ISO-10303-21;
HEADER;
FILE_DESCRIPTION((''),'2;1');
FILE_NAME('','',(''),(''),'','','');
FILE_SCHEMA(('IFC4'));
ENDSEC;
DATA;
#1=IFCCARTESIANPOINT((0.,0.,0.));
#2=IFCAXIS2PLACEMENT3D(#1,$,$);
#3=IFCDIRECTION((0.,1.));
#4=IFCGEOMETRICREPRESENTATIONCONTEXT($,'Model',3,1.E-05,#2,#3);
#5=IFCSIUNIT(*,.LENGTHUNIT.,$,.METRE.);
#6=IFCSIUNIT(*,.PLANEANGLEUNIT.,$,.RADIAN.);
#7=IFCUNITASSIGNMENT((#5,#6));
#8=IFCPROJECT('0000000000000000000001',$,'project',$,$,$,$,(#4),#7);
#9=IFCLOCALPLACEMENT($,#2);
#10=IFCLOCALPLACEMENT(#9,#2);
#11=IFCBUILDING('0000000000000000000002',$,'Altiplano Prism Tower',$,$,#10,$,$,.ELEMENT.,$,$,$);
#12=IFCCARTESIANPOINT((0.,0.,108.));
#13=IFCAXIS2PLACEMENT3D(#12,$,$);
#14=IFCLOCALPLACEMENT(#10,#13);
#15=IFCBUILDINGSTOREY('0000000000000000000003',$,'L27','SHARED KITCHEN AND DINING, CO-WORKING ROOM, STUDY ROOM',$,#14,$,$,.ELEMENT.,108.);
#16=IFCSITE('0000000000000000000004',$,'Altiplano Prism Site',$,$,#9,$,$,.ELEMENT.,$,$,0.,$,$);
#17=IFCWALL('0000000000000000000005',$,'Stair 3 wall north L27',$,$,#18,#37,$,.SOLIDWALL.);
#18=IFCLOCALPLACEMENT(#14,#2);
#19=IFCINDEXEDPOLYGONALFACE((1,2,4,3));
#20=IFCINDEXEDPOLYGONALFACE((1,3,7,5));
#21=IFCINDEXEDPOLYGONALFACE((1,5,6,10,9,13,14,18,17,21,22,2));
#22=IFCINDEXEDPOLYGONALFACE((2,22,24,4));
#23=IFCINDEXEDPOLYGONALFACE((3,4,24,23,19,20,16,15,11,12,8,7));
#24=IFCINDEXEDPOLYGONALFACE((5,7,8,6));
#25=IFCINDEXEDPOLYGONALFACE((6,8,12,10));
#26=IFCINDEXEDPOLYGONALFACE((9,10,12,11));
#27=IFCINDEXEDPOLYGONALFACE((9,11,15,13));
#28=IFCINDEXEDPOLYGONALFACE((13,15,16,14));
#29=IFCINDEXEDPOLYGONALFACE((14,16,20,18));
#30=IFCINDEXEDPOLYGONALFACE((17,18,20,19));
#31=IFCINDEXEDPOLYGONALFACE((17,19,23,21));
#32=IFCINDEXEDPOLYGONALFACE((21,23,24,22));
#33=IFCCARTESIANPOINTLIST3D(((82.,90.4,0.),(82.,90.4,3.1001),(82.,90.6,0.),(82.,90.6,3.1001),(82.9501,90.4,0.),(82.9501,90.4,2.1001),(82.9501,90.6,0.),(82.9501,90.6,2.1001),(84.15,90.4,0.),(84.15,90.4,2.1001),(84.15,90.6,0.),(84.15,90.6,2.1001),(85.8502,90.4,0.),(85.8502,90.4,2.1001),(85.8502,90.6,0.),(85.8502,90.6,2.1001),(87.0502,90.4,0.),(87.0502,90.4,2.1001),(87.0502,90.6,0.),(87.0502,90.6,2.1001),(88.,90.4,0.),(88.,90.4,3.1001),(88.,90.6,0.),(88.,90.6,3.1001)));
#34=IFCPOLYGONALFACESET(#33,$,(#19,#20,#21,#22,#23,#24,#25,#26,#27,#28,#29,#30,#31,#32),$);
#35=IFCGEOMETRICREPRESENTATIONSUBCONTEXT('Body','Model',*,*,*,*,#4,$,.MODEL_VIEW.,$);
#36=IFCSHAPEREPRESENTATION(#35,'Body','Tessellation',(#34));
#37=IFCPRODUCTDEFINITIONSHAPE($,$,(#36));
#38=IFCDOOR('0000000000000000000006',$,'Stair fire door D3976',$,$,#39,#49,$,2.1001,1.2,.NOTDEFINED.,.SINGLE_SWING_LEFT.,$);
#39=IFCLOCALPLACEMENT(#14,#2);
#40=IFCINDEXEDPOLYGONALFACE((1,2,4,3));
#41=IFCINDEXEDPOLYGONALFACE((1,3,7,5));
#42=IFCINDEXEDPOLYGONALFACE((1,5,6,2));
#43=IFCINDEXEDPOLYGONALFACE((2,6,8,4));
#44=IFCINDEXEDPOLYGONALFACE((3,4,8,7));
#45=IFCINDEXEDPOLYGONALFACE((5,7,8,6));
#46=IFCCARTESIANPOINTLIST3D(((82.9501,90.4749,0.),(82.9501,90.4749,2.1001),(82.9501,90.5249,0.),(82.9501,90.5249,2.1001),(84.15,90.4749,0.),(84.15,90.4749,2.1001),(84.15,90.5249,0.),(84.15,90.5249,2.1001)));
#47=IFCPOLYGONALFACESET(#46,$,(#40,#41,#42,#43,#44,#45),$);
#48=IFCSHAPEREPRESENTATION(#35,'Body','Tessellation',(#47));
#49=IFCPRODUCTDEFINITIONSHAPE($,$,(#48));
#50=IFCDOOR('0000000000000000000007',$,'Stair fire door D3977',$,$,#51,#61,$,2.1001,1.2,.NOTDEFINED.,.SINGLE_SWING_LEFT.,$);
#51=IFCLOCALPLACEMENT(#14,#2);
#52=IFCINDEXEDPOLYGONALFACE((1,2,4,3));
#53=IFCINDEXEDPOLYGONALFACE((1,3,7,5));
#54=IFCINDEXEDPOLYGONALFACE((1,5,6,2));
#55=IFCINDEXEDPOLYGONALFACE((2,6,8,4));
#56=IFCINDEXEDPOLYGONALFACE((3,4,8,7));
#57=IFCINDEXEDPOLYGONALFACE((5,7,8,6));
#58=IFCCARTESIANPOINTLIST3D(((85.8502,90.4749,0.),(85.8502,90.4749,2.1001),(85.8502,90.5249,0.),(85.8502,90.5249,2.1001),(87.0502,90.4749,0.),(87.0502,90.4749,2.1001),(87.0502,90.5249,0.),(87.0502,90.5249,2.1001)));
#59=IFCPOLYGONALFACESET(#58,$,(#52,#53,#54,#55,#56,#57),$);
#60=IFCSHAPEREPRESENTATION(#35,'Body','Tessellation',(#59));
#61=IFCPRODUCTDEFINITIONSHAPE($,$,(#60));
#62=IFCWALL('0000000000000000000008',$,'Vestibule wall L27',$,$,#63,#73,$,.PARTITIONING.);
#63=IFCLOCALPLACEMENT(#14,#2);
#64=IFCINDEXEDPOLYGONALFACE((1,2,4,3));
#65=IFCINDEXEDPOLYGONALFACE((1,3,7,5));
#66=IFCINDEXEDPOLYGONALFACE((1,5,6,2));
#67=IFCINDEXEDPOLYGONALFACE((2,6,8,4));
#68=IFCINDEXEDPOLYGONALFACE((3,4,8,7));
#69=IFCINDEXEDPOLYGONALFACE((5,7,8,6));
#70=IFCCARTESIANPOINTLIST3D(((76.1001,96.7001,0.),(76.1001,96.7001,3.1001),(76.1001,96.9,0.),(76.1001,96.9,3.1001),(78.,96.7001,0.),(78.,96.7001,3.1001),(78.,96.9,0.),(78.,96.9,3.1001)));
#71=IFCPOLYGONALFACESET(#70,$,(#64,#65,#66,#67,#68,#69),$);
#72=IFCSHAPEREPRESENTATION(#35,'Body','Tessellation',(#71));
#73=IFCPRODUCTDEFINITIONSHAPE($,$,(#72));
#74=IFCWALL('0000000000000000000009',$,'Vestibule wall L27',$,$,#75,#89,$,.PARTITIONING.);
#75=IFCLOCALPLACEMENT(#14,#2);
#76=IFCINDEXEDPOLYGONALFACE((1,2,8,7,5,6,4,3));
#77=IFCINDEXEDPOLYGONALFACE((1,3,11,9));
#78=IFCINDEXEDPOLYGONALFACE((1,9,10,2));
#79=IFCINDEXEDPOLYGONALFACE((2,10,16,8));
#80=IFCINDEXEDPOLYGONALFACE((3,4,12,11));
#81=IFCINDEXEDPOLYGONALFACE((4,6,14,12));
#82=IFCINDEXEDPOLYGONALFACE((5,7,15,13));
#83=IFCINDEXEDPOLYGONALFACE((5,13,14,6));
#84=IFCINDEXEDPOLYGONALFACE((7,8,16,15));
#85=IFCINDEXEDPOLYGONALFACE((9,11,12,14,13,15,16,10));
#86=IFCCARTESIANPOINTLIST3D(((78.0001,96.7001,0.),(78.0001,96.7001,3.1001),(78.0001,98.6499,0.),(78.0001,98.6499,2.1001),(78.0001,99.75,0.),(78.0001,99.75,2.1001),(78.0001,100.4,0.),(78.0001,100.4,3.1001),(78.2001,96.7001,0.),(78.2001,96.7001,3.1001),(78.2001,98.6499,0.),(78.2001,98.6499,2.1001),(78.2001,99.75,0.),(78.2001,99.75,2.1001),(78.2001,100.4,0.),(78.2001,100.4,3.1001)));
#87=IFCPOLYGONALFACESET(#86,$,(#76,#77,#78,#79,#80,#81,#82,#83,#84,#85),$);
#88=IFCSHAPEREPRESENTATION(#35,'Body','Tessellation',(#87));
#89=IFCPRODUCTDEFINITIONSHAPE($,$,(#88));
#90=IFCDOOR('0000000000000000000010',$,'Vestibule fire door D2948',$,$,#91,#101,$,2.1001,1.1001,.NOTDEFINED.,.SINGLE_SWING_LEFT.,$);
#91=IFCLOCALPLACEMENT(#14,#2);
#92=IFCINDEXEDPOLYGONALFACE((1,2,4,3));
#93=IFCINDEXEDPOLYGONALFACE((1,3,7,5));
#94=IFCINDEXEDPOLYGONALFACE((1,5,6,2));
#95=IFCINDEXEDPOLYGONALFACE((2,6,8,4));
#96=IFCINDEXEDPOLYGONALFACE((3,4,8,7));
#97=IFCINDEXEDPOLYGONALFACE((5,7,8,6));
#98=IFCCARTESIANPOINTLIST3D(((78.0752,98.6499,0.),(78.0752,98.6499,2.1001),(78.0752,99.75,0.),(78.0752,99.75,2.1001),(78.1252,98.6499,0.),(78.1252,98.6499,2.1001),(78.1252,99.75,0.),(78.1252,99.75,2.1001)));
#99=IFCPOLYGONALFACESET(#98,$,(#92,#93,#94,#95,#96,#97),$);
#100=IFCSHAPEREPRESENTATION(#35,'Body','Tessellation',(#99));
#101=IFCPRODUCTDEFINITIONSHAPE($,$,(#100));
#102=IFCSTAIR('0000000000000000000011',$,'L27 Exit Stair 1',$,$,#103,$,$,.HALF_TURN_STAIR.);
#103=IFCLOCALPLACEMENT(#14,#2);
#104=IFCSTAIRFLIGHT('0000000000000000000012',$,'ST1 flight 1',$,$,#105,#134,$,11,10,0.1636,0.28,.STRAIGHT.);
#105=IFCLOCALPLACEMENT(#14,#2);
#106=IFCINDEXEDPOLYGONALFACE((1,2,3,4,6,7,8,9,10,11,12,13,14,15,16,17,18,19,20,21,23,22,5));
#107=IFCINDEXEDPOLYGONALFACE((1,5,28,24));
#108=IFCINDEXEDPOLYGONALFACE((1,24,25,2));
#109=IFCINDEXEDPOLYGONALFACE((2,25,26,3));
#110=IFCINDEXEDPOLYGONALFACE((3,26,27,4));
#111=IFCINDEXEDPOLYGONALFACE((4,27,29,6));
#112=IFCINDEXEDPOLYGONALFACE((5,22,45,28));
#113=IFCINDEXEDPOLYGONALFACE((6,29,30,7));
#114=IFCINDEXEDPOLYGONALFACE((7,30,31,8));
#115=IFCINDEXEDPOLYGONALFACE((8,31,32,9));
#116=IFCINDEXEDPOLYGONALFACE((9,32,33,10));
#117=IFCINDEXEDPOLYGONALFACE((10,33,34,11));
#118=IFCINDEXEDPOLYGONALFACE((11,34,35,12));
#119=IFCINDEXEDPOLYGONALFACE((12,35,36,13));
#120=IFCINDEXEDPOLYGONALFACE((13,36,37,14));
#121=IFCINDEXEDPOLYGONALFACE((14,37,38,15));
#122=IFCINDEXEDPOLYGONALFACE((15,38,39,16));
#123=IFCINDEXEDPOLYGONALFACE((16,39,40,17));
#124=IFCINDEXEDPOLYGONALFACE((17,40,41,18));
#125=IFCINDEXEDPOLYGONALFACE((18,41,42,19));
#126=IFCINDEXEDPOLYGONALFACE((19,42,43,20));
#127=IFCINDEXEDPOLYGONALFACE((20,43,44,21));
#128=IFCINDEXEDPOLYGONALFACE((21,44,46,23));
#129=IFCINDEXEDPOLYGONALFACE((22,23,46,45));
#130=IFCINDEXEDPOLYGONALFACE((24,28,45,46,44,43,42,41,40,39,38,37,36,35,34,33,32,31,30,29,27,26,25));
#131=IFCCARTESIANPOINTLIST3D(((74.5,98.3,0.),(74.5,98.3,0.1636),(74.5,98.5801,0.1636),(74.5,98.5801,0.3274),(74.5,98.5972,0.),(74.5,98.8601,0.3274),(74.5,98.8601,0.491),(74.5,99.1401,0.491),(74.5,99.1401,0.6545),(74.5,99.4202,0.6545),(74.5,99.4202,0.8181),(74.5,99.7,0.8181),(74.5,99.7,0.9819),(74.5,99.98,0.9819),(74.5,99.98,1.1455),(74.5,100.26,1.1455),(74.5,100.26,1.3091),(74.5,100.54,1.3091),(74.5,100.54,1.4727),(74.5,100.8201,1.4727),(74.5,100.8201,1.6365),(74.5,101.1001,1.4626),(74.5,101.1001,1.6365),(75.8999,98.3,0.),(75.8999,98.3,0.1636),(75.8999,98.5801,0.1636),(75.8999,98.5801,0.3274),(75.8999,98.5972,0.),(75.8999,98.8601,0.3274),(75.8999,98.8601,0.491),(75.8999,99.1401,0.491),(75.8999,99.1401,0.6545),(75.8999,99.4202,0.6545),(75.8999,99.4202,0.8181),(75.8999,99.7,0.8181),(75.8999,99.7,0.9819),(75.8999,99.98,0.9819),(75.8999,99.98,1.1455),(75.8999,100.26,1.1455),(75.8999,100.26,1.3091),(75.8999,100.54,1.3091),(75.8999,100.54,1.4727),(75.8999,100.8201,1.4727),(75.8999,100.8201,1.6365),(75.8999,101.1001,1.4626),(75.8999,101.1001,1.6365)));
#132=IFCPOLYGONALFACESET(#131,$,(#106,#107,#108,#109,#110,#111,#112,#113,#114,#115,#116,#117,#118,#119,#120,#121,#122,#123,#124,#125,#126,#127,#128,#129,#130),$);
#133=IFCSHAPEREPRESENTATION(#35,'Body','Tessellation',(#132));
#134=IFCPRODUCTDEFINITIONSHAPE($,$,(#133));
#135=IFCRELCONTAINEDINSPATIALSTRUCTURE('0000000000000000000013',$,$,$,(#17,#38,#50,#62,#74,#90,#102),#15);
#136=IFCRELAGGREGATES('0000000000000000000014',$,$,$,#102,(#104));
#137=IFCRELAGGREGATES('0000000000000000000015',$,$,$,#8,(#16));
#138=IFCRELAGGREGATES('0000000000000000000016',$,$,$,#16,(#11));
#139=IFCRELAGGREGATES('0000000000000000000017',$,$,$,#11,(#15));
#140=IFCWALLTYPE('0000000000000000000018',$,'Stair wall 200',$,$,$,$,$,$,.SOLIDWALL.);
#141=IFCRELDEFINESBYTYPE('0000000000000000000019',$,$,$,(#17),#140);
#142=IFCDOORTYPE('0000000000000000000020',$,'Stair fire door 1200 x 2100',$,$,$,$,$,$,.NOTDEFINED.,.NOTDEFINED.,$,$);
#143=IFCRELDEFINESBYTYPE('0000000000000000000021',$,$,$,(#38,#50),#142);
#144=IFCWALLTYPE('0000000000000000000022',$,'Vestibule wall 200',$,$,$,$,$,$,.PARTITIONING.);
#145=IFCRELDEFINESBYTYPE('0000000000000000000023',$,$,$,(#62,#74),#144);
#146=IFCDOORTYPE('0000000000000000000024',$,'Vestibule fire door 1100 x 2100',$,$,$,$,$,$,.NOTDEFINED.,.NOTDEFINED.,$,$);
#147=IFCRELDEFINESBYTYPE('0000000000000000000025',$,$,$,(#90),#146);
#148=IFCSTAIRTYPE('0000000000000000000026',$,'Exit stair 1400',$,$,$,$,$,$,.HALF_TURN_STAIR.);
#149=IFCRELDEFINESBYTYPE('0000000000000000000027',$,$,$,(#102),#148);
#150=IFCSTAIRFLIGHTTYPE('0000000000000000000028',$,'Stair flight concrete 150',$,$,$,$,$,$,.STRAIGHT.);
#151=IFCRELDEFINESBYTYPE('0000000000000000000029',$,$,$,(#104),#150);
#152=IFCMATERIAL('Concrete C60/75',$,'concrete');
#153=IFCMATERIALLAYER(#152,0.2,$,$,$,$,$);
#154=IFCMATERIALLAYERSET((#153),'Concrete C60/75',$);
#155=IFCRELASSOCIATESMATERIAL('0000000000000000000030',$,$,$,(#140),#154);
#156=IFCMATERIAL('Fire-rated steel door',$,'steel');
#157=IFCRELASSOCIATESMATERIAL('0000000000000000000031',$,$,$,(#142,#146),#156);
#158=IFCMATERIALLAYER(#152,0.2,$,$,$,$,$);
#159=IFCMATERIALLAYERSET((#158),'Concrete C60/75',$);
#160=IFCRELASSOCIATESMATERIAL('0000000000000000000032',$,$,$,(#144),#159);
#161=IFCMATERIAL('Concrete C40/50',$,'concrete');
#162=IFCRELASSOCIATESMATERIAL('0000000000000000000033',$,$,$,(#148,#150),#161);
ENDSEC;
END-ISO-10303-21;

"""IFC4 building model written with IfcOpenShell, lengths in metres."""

from ifc_helpers import new_model, si_unit, direction, frame, frame_2d, origin, place, context, subcontext, project, spatial, polyline, rectangle, outline, extrude, material, layer, layer_set, type_object, element, fill, aggregate, save


model = new_model("IFC4")

# Units and contexts
model_context = context("Model", 3, precision=1e-05, world=origin(), true_north=direction((0.0, 1.0)))
body_context = subcontext(model_context, "Body", "Model", "MODEL_VIEW")
ifc_project = project(units=[si_unit("LENGTHUNIT", "METRE"), si_unit("PLANEANGLEUNIT", "RADIAN")], contexts=[model_context])

# Site, building, storey
site_placement = place(None, origin())
site = spatial("IfcSite", under=ifc_project, at=site_placement, Name="Altiplano Prism Site", CompositionType="ELEMENT", RefElevation=0.0)
building_placement = place(site_placement, origin())
building = spatial("IfcBuilding", under=site, at=building_placement, Name="Altiplano Prism Tower", CompositionType="ELEMENT")
storey_placement = place(building_placement, frame((0.0, 0.0, 108.0)))
storey = spatial("IfcBuildingStorey", under=building, at=storey_placement, Name="L27", Description="SHARED KITCHEN AND DINING, CO-WORKING ROOM, STUDY ROOM", CompositionType="ELEMENT", Elevation=108.0)

# Shared definitions
ifc_material_1 = material(Name="Fire-rated steel door", Category="steel")

# Shared definitions
ifc_material_2 = material(Name="Concrete C60/75", Category="concrete")
ifc_layer_1 = layer(ifc_material_2, 0.2)
ifc_layer_set_1 = layer_set([ifc_layer_1], Name="Concrete C60/75")
wall_type_1 = type_object("IfcWallType", Name="Stair wall 200", PredefinedType="SOLIDWALL", material=ifc_layer_set_1)

# Wall, openings, doors
wall_1_placement = place(storey_placement, frame((82.0, 90.5, 0.0), z_axis=(0.0, 0.0, 1.0), x_axis=(1.0, 0.0, 0.0)))
wall_1 = element("IfcWall", 1, at=wall_1_placement, inside=storey, type_object=wall_type_1, Name="Stair 3 wall north L27", PredefinedType="SOLIDWALL", context=body_context, shape_type="SweptSolid", body=[
    extrude(rectangle(XDim=6.0, YDim=0.2, at=frame_2d((3.0, 0.0))), origin(), (0.0, 0.0, 1.0), 3.1001),
])
opening_1_placement = place(wall_1_placement, frame((0.95, 0.0, 0.0)))
opening_1 = element("IfcOpeningElement", 2, at=opening_1_placement, cuts=wall_1, PredefinedType="OPENING", context=body_context, shape_type="SweptSolid", body=[
    extrude(rectangle(XDim=1.2, YDim=2.1001, at=frame_2d((0.6001, 1.05))), frame((0.0, 0.1104, 0.0), z_axis=(0.0, -1.0, 0.0), x_axis=(1.0, 0.0, 0.0)), (0.0, 0.0, 1.0), 0.2209),
])
opening_2_placement = place(wall_1_placement, frame((3.8501, 0.0, 0.0)))
opening_2 = element("IfcOpeningElement", 3, at=opening_2_placement, cuts=wall_1, PredefinedType="OPENING", context=body_context, shape_type="SweptSolid", body=[
    extrude(rectangle(XDim=1.2, YDim=2.1001, at=frame_2d((0.6001, 1.05))), frame((0.0, 0.1104, 0.0), z_axis=(0.0, -1.0, 0.0), x_axis=(1.0, 0.0, 0.0)), (0.0, 0.0, 1.0), 0.2209),
])
door_type_1 = type_object("IfcDoorType", Name="Stair fire door 1200 x 2100", OperationType="NOTDEFINED", PredefinedType="NOTDEFINED", material=ifc_material_1)
door_1_placement = place(opening_1_placement, origin())
door_1 = element("IfcDoor", 4, at=door_1_placement, inside=storey, type_object=door_type_1, Name="Stair fire door D3976", OperationType="SINGLE_SWING_LEFT", OverallHeight=2.1001, OverallWidth=1.2, PredefinedType="NOTDEFINED", context=body_context, shape_type="SweptSolid", body=[
    extrude(rectangle(XDim=1.2, YDim=2.1001, at=frame_2d((0.6001, 1.05))), frame((0.0, 0.0249, 0.0), z_axis=(0.0, -1.0, 0.0), x_axis=(1.0, 0.0, 0.0)), (0.0, 0.0, 1.0), 0.05),
])
fill(opening_1, door_1)
door_2_placement = place(opening_2_placement, origin())
door_2 = element("IfcDoor", 5, at=door_2_placement, inside=storey, type_object=door_type_1, Name="Stair fire door D3977", OperationType="SINGLE_SWING_LEFT", OverallHeight=2.1001, OverallWidth=1.2, PredefinedType="NOTDEFINED", context=body_context, shape_type="SweptSolid", body=[
    extrude(rectangle(XDim=1.2, YDim=2.1001, at=frame_2d((0.6001, 1.05))), frame((0.0, 0.0249, 0.0), z_axis=(0.0, -1.0, 0.0), x_axis=(1.0, 0.0, 0.0)), (0.0, 0.0, 1.0), 0.05),
])
fill(opening_2, door_2)

# Wall
ifc_layer_2 = layer(ifc_material_2, 0.2)
ifc_layer_set_2 = layer_set([ifc_layer_2], Name="Concrete C60/75")
wall_type_2 = type_object("IfcWallType", Name="Vestibule wall 200", PredefinedType="PARTITIONING", material=ifc_layer_set_2)
wall_2_placement = place(storey_placement, frame((76.1001, 96.8, 0.0), z_axis=(0.0, 0.0, 1.0), x_axis=(1.0, 0.0, 0.0)))
element("IfcWall", 6, at=wall_2_placement, inside=storey, type_object=wall_type_2, Name="Vestibule wall L27", PredefinedType="PARTITIONING", context=body_context, shape_type="SweptSolid", body=[
    extrude(rectangle(XDim=1.8999, YDim=0.2, at=frame_2d((0.95, 0.0))), origin(), (0.0, 0.0, 1.0), 3.1001),
])

# Wall, opening, door
wall_3_placement = place(storey_placement, frame((78.1001, 96.7, 0.0), z_axis=(0.0, 0.0, 1.0), x_axis=(0.0, 1.0, 0.0)))
wall_3 = element("IfcWall", 7, at=wall_3_placement, inside=storey, type_object=wall_type_2, Name="Vestibule wall L27", PredefinedType="PARTITIONING", context=body_context, shape_type="SweptSolid", body=[
    extrude(rectangle(XDim=3.7, YDim=0.2, at=frame_2d((1.8501, 0.0))), origin(), (0.0, 0.0, 1.0), 3.1001),
])
opening_3_placement = place(wall_3_placement, frame((1.95, 0.0, 0.0)))
opening_3 = element("IfcOpeningElement", 8, at=opening_3_placement, cuts=wall_3, PredefinedType="OPENING", context=body_context, shape_type="SweptSolid", body=[
    extrude(rectangle(XDim=1.1001, YDim=2.1001, at=frame_2d((0.55, 1.05))), frame((0.0, 0.1104, 0.0), z_axis=(0.0, -1.0, 0.0), x_axis=(1.0, 0.0, 0.0)), (0.0, 0.0, 1.0), 0.2209),
])
door_type_2 = type_object("IfcDoorType", Name="Vestibule fire door 1100 x 2100", OperationType="NOTDEFINED", PredefinedType="NOTDEFINED", material=ifc_material_1)
door_3_placement = place(opening_3_placement, origin())
door_3 = element("IfcDoor", 9, at=door_3_placement, inside=storey, type_object=door_type_2, Name="Vestibule fire door D2948", OperationType="SINGLE_SWING_LEFT", OverallHeight=2.1001, OverallWidth=1.1001, PredefinedType="NOTDEFINED", context=body_context, shape_type="SweptSolid", body=[
    extrude(rectangle(XDim=1.1001, YDim=2.1001, at=frame_2d((0.55, 1.05))), frame((0.0, 0.0249, 0.0), z_axis=(0.0, -1.0, 0.0), x_axis=(1.0, 0.0, 0.0)), (0.0, 0.0, 1.0), 0.05),
])
fill(opening_3, door_3)

# Stair, stair flight
ifc_material_3 = material(Name="Concrete C40/50", Category="concrete")
stair_type = type_object("IfcStairType", Name="Exit stair 1400", PredefinedType="HALF_TURN_STAIR", material=ifc_material_3)
stair_placement = place(storey_placement, origin())
stair = element("IfcStair", 10, at=stair_placement, inside=storey, type_object=stair_type, Name="L27 Exit Stair 1", PredefinedType="HALF_TURN_STAIR")
stair_flight_type = type_object("IfcStairFlightType", Name="Stair flight concrete 150", PredefinedType="STRAIGHT", material=ifc_material_3)
stair_flight_placement = place(storey_placement, frame((75.2, 98.3, 0.0), z_axis=(0.0, 0.0, 1.0), x_axis=(0.0, 1.0, 0.0)))
stair_flight = element("IfcStairFlight", 11, at=stair_flight_placement, type_object=stair_flight_type, Name="ST1 flight 1", NumberOfRisers=11, NumberOfTreads=10, PredefinedType="STRAIGHT", RiserHeight=0.1636, TreadLength=0.28, context=body_context, shape_type="SweptSolid", body=[
    extrude(outline(polyline([(0.0, 0.0), (0.0, 0.1636), (0.28, 0.1636), (0.28, 0.3274), (0.5601, 0.3274), (0.5601, 0.491), (0.8401, 0.491), (0.8401, 0.6545), (1.1201, 0.6545), (1.1201, 0.8181), (1.3999, 0.8181), (1.3999, 0.9819), (1.6799, 0.9819), (1.6799, 1.1455), (1.96, 1.1455), (1.96, 1.3091), (2.24, 1.3091), (2.24, 1.4727), (2.52, 1.4727), (2.52, 1.6365), (2.8, 1.6365), (2.8, 1.8), (2.8, 1.4626), (0.2971, 0.0), (0.0, 0.0)])), frame((0.0, 0.7, 0.0), z_axis=(0.0, -1.0, 0.0), x_axis=(1.0, 0.0, 0.0)), (0.0, 0.0, 1.0), 1.3999),
])
aggregate(stair, [stair_flight])

save(model, "model.ifc")
